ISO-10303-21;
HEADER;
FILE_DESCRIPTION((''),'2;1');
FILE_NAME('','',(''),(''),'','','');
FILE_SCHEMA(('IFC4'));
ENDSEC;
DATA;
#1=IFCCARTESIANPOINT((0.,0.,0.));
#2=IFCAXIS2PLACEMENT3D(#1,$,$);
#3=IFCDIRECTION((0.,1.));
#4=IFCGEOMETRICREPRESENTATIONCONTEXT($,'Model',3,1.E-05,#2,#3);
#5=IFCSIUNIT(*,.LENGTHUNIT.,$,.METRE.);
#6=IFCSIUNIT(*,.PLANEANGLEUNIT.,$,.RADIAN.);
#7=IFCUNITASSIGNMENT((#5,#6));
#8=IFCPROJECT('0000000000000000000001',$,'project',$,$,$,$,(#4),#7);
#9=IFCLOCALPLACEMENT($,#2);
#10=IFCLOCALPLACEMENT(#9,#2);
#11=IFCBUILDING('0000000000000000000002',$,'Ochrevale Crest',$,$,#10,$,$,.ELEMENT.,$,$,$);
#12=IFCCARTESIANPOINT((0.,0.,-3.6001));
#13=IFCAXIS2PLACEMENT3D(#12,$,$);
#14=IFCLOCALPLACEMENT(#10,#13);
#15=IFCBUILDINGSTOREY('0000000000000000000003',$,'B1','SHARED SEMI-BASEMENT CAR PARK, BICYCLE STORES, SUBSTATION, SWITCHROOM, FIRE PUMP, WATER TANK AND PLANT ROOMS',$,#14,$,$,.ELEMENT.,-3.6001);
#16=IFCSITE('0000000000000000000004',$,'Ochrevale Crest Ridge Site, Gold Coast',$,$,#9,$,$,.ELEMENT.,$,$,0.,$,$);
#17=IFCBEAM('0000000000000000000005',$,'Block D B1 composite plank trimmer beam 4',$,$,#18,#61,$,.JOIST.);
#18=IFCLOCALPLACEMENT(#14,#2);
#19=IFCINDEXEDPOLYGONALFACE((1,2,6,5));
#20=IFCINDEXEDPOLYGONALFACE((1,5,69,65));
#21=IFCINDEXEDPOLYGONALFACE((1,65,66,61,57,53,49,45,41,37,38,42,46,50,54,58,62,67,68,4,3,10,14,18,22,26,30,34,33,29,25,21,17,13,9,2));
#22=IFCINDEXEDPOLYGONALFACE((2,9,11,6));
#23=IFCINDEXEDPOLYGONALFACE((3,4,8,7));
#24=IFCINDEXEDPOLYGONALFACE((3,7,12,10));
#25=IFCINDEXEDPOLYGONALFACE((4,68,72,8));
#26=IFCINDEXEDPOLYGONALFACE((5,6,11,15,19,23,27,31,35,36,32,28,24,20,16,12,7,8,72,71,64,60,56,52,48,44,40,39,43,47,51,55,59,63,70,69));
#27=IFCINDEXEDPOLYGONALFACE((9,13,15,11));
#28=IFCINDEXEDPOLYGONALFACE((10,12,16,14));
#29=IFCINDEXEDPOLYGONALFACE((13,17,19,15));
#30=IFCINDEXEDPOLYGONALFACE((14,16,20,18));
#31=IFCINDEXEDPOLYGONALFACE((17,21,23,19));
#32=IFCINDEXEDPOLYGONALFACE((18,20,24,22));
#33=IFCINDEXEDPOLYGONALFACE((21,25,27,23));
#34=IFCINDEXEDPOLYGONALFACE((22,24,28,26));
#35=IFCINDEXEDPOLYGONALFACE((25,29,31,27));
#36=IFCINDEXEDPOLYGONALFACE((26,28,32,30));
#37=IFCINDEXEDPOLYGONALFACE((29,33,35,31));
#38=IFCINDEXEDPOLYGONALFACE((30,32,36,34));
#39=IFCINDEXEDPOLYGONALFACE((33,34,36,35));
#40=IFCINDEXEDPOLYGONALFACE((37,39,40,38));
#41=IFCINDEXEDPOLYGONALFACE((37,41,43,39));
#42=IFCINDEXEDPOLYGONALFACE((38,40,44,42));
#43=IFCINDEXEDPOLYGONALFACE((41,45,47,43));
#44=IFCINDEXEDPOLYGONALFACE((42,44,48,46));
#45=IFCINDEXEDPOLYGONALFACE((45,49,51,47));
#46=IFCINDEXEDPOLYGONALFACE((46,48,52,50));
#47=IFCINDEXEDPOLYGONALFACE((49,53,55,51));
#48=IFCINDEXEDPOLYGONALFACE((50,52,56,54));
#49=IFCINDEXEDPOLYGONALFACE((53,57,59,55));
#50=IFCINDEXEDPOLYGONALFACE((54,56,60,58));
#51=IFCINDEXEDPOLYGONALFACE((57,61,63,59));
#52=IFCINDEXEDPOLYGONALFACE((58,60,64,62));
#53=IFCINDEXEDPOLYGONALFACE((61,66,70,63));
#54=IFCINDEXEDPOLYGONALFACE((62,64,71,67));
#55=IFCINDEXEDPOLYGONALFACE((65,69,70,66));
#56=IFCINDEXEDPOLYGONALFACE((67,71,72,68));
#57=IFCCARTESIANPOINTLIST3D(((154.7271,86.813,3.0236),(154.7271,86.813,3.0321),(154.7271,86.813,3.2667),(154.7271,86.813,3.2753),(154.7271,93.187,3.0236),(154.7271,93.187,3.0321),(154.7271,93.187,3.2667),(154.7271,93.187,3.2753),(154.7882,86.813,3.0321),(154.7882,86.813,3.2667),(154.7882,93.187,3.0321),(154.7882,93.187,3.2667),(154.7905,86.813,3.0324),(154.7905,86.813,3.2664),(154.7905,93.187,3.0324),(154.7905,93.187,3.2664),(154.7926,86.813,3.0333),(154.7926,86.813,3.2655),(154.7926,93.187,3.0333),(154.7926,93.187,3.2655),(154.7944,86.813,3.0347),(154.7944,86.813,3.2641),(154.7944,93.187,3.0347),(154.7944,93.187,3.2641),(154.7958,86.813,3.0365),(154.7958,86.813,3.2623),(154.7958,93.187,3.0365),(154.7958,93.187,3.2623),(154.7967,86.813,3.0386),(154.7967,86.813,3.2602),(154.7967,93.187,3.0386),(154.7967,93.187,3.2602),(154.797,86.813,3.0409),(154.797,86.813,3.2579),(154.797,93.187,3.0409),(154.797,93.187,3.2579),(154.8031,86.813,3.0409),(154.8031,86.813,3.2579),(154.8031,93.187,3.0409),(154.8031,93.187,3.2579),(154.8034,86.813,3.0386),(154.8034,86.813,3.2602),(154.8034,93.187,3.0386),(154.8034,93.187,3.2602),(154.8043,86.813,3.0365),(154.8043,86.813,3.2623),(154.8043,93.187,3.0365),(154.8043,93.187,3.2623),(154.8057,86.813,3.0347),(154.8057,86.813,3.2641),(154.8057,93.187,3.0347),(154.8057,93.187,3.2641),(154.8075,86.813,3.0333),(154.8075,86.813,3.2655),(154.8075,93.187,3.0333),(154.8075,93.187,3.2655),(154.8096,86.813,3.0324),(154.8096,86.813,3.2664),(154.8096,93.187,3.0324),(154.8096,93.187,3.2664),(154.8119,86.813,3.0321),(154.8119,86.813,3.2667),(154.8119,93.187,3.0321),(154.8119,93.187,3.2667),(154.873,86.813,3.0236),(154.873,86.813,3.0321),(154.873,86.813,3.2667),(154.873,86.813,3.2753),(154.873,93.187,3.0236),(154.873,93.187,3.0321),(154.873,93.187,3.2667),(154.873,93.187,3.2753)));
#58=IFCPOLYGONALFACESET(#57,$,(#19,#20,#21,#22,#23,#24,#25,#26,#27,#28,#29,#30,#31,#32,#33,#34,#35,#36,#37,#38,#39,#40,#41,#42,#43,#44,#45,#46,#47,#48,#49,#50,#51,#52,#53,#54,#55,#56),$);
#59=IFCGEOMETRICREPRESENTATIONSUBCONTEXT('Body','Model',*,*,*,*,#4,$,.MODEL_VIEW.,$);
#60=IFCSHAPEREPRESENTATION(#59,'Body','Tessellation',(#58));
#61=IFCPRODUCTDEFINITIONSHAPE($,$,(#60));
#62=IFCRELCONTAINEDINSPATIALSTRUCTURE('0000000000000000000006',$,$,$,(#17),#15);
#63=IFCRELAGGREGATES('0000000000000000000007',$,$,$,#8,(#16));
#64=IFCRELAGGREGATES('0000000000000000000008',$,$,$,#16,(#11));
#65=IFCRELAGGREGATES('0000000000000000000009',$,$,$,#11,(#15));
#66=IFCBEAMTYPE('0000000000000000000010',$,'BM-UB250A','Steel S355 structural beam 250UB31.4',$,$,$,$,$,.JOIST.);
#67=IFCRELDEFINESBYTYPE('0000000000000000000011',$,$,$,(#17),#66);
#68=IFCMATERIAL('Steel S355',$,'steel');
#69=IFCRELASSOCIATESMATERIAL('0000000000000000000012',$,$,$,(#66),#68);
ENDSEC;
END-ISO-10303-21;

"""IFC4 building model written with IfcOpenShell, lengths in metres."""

from ifc_helpers import new_model, si_unit, direction, frame, origin, origin_2d, place, context, subcontext, project, spatial, i_section, extrude, material, material_profile, profile_set, type_object, element, save


model = new_model("IFC4")

# Units and contexts
model_context = context("Model", 3, precision=1e-05, world=origin(), true_north=direction((0.0, 1.0)))
body_context = subcontext(model_context, "Body", "Model", "MODEL_VIEW")
ifc_project = project(units=[si_unit("LENGTHUNIT", "METRE"), si_unit("PLANEANGLEUNIT", "RADIAN")], contexts=[model_context])

# Site, building, storey
site_placement = place(None, origin())
site = spatial("IfcSite", under=ifc_project, at=site_placement, Name="Ochrevale Crest Ridge Site, Gold Coast", CompositionType="ELEMENT", RefElevation=0.0)
building_placement = place(site_placement, origin())
building = spatial("IfcBuilding", under=site, at=building_placement, Name="Ochrevale Crest", CompositionType="ELEMENT")
storey_placement = place(building_placement, frame((0.0, 0.0, -3.6001)))
storey = spatial("IfcBuildingStorey", under=building, at=storey_placement, Name="B1", Description="SHARED SEMI-BASEMENT CAR PARK, BICYCLE STORES, SUBSTATION, SWITCHROOM, FIRE PUMP, WATER TANK AND PLANT ROOMS", CompositionType="ELEMENT", Elevation=-3.6001)

# Beam
ifc_material_1 = material(Name="Steel S355", Category="steel")
ifc_material_profile_1 = material_profile(ifc_material_1, i_section(OverallWidth=0.146, OverallDepth=0.2517, WebThickness=0.0061, FlangeThickness=0.0085, FilletRadius=0.0088, at=origin_2d()), Name="250UB31.4")
ifc_profile_set_1 = profile_set([ifc_material_profile_1], Name="Steel S355")
beam_type_1 = type_object("IfcBeamType", Name="BM-UB250A", Description="Steel S355 structural beam 250UB31.4", PredefinedType="JOIST", material=ifc_profile_set_1)
beam_1_placement = place(storey_placement, frame((154.8, 86.813, 3.1494), z_axis=(0.0, 1.0, 0.0), x_axis=(-1.0, 0.0, 0.0)))
element("IfcBeam", 1, at=beam_1_placement, inside=storey, type_object=beam_type_1, Name="Block D B1 composite plank trimmer beam 4", PredefinedType="JOIST", context=body_context, shape_type="SweptSolid", body=[
    extrude(i_section(OverallWidth=0.146, OverallDepth=0.2517, WebThickness=0.0061, FlangeThickness=0.0085, FilletRadius=0.0088, at=origin_2d()), origin(), (0.0, 0.0, 1.0), 6.374),
])

save(model, "model.ifc")
